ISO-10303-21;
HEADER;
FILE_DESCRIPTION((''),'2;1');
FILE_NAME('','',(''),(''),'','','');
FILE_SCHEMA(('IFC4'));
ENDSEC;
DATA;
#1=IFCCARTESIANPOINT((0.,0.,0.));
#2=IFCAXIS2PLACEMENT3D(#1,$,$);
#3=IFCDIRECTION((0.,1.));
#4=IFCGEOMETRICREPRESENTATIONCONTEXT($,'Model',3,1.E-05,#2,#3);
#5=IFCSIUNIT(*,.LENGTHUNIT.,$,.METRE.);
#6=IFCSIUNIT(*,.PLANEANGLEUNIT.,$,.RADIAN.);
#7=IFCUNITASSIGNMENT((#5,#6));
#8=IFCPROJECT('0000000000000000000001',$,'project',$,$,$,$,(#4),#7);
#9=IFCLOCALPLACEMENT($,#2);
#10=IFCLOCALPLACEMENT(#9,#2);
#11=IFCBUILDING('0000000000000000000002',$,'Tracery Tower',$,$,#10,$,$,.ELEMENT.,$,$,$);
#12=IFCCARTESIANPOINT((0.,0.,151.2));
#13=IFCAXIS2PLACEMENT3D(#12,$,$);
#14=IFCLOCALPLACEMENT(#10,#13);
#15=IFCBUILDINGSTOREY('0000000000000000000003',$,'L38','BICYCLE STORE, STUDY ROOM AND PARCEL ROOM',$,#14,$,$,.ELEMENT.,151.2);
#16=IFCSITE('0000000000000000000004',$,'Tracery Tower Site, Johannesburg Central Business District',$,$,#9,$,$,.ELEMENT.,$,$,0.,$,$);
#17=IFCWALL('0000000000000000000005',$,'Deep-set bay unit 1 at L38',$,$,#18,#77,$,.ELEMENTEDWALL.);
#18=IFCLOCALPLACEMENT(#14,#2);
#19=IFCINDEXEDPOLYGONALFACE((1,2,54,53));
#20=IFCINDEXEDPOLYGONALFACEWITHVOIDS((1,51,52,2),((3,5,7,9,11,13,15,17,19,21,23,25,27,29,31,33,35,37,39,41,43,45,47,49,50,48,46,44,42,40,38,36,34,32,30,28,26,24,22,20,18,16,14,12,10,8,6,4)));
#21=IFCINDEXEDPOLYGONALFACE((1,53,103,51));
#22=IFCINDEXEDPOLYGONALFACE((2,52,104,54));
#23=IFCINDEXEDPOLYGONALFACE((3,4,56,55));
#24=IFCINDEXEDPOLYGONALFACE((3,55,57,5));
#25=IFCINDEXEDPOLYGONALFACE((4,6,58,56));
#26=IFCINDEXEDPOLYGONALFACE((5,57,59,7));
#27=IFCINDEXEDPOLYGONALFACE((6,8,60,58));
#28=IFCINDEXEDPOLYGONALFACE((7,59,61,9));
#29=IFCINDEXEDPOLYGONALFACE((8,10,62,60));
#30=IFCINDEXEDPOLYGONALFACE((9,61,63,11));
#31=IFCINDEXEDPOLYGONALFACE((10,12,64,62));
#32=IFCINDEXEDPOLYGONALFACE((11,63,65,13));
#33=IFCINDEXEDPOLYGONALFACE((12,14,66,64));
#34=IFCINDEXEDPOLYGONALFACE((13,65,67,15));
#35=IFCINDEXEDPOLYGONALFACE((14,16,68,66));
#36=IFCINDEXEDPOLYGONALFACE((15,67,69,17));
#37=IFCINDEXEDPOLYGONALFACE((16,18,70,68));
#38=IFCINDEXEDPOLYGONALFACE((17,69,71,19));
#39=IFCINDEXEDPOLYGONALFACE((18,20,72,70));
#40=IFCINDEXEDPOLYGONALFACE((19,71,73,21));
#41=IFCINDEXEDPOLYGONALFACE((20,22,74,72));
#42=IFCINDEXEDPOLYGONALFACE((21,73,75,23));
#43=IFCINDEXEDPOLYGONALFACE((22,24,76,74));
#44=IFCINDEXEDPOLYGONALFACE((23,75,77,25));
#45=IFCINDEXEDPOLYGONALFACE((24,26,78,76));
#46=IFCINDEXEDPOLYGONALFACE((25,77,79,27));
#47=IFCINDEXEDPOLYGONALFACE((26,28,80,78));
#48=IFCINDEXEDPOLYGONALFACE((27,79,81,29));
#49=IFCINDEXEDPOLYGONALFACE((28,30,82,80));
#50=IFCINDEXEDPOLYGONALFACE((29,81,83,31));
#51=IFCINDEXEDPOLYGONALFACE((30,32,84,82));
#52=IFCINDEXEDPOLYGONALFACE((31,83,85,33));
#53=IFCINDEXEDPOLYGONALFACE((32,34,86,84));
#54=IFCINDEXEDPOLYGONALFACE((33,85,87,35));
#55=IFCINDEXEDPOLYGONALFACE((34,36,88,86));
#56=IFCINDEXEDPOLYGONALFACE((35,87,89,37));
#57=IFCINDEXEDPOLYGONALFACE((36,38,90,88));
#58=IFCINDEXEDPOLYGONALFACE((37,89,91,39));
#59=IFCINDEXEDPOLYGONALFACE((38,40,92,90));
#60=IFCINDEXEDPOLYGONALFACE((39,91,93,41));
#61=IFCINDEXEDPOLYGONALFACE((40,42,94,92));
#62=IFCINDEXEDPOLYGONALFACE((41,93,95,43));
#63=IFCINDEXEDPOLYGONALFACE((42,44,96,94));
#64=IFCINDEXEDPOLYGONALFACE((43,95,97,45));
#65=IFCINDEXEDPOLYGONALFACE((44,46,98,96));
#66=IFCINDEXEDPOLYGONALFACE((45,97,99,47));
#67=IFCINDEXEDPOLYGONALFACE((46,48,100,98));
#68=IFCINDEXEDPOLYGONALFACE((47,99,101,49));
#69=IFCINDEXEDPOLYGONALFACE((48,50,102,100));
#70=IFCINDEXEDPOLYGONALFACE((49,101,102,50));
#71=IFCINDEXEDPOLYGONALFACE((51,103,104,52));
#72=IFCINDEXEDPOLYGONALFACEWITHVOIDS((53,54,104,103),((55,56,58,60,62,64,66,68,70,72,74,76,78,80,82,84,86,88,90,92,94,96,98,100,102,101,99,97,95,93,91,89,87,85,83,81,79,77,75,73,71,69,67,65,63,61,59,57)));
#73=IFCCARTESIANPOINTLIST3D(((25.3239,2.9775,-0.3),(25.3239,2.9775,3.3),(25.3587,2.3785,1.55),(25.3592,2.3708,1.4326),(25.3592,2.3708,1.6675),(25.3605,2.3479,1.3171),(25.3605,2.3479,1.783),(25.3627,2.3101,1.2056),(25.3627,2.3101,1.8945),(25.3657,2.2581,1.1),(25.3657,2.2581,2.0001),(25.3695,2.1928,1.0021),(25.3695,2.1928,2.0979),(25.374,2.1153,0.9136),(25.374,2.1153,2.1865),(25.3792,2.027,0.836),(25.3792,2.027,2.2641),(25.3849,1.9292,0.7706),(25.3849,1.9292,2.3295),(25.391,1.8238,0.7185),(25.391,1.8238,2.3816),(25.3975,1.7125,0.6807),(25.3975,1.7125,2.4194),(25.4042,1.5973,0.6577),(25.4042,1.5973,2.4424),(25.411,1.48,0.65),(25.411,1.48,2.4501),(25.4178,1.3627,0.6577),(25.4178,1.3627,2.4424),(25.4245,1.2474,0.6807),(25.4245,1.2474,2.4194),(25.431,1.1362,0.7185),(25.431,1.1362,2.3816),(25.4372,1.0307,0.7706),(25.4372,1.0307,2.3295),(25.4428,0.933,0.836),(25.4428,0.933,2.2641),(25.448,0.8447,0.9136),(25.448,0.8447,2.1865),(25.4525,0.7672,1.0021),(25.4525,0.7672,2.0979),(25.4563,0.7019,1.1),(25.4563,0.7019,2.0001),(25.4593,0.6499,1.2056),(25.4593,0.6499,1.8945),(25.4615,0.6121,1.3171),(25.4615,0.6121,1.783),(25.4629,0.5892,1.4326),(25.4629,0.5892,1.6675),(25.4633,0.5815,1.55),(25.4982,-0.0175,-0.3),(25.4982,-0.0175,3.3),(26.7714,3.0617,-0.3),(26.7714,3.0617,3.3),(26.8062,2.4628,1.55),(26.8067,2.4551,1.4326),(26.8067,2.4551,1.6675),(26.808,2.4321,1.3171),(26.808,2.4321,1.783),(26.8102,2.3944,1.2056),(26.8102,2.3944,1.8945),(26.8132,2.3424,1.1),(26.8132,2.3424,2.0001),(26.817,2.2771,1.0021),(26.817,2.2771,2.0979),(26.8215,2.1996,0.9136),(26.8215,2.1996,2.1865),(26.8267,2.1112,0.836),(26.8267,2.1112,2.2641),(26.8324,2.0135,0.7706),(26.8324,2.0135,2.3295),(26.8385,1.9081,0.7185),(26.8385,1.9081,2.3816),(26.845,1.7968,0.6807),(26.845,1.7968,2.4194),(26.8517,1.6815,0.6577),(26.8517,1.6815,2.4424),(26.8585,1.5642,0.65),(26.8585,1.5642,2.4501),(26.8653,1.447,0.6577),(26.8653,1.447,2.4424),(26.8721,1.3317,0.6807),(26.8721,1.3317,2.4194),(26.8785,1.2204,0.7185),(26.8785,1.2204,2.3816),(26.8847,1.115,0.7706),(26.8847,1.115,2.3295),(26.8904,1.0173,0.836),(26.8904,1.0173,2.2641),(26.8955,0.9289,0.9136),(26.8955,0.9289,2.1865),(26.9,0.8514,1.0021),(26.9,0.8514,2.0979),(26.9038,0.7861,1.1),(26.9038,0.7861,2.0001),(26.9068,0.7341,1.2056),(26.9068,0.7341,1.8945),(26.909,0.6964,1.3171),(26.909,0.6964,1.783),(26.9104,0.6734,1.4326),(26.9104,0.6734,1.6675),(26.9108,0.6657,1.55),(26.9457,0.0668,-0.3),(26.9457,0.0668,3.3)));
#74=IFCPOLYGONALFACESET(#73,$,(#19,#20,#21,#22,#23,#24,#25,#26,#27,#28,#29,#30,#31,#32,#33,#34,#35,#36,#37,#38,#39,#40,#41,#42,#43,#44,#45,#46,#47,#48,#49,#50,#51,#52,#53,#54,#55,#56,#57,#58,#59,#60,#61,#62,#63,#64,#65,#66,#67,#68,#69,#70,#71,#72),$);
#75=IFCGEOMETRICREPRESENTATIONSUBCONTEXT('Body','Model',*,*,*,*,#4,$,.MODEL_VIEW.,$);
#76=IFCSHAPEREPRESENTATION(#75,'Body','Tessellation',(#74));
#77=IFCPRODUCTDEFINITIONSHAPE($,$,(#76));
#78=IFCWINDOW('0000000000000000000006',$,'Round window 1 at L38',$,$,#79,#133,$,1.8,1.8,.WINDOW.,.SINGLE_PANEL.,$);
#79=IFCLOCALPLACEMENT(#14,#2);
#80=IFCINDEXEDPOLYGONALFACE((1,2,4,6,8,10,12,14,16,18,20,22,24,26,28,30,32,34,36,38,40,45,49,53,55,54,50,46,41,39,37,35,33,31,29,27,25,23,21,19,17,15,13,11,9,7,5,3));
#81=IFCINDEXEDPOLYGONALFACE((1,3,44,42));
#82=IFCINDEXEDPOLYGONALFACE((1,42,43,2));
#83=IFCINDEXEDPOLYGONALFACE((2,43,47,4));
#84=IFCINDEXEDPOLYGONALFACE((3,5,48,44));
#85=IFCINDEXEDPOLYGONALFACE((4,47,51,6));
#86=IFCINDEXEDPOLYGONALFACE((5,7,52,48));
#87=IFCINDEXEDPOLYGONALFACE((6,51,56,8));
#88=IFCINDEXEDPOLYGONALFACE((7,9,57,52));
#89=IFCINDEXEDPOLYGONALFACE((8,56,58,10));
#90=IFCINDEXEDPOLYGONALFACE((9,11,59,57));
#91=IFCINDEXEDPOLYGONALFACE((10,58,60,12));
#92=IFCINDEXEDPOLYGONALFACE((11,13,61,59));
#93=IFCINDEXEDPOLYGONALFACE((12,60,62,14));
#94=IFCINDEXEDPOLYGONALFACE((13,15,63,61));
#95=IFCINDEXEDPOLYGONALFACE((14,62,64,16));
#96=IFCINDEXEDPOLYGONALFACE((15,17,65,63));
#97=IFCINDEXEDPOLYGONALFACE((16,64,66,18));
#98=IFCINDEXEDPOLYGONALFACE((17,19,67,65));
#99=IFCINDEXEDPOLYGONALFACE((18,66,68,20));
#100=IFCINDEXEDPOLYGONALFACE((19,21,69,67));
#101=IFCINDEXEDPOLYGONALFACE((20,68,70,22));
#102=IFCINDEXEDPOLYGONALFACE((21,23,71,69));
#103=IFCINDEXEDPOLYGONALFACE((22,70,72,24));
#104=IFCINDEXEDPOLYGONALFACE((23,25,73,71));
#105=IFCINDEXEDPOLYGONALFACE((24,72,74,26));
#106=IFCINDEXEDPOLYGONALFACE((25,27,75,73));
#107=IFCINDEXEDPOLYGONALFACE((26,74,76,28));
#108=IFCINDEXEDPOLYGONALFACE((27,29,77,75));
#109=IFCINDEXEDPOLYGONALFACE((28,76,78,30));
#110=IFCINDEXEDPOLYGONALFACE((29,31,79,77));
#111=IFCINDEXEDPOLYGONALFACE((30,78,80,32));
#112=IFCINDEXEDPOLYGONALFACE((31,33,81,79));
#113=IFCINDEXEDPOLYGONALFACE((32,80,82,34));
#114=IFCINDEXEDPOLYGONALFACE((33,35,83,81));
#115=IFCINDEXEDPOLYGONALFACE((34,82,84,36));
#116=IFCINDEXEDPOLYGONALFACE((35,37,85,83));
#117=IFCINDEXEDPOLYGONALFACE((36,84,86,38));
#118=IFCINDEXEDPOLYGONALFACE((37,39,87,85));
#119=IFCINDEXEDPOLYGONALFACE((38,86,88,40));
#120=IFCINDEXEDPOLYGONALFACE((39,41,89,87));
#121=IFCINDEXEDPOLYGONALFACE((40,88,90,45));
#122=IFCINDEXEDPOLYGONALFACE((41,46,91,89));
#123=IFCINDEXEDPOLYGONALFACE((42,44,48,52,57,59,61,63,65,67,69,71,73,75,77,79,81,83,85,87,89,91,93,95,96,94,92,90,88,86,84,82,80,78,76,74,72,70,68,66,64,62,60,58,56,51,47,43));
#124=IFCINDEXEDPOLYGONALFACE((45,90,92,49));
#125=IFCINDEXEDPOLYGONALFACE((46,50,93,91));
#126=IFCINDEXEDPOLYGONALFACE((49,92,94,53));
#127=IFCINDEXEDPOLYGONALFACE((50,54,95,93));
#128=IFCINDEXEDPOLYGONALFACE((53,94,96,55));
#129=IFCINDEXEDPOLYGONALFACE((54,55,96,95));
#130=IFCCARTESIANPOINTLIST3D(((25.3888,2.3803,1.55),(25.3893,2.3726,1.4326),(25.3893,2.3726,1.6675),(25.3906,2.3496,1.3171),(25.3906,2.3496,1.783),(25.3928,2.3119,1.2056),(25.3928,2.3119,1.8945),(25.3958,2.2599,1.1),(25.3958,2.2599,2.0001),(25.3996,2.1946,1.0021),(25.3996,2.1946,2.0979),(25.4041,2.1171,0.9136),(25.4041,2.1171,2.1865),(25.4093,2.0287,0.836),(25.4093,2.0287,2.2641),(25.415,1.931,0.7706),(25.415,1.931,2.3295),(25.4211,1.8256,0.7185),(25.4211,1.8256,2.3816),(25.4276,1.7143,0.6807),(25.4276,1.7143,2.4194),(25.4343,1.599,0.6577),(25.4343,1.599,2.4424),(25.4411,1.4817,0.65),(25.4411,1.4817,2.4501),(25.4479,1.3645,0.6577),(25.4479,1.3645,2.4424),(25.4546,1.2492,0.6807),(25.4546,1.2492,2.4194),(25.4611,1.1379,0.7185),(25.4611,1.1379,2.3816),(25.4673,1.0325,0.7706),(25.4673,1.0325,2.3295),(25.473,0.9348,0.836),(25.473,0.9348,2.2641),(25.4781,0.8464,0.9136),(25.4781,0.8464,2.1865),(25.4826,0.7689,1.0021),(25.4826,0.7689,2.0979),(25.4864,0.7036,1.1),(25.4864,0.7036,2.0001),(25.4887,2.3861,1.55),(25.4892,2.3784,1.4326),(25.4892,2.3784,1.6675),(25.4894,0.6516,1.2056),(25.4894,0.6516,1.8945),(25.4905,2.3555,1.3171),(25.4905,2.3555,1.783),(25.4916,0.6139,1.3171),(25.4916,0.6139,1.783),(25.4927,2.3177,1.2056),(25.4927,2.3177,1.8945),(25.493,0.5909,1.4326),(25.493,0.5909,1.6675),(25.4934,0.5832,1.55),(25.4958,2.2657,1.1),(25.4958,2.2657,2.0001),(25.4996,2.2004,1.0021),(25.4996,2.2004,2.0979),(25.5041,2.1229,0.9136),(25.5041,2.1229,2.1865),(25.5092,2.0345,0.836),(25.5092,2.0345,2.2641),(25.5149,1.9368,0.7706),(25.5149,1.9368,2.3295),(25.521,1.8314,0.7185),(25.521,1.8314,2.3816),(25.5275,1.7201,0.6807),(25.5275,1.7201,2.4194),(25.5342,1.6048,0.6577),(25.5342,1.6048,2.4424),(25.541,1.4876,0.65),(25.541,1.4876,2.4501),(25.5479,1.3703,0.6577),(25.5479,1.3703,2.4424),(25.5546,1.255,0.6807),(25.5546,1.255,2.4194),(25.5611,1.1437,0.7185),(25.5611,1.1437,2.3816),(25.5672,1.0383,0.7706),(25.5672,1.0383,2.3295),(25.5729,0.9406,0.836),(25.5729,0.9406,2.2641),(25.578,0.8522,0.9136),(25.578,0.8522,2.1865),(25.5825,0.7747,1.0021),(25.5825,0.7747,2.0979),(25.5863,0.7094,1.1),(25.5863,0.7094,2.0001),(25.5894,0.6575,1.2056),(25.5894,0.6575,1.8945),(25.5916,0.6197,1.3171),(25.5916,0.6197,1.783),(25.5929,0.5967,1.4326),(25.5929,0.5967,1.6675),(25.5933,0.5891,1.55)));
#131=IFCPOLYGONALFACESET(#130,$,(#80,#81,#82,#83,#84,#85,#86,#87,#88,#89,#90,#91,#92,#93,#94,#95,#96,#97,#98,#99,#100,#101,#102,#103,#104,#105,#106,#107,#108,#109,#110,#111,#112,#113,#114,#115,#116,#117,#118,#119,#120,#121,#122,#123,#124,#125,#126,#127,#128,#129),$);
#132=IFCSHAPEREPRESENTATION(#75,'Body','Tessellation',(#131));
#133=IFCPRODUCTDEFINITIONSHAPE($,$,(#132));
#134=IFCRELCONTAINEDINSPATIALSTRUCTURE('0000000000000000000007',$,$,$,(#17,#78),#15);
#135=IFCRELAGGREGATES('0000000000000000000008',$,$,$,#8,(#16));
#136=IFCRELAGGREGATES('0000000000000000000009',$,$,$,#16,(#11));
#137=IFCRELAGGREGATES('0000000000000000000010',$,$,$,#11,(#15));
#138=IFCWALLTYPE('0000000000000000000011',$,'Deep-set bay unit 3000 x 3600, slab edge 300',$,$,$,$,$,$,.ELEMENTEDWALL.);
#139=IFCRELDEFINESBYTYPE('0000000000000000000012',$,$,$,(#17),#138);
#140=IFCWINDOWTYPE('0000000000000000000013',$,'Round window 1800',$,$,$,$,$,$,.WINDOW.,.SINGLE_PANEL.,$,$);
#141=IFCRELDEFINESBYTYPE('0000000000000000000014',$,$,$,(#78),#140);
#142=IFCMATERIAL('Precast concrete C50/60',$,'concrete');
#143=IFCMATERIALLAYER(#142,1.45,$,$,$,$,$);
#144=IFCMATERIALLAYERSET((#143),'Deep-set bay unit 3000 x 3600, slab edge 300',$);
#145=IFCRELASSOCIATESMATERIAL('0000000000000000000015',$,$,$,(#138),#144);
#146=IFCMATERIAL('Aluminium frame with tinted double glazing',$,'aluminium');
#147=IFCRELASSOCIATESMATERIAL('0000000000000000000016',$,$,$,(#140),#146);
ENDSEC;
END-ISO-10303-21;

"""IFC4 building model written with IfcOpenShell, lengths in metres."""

from ifc_helpers import new_model, si_unit, direction, frame, frame_2d, origin, origin_2d, place, context, subcontext, project, spatial, rectangle, circle, extrude, material, layer, layer_set, type_object, element, fill, save


model = new_model("IFC4")

# Units and contexts
model_context = context("Model", 3, precision=1e-05, world=origin(), true_north=direction((0.0, 1.0)))
body_context = subcontext(model_context, "Body", "Model", "MODEL_VIEW")
ifc_project = project(units=[si_unit("LENGTHUNIT", "METRE"), si_unit("PLANEANGLEUNIT", "RADIAN")], contexts=[model_context])

# Site, building, storey
site_placement = place(None, origin())
site = spatial("IfcSite", under=ifc_project, at=site_placement, Name="Tracery Tower Site, Johannesburg Central Business District", CompositionType="ELEMENT", RefElevation=0.0)
building_placement = place(site_placement, origin())
building = spatial("IfcBuilding", under=site, at=building_placement, Name="Tracery Tower", CompositionType="ELEMENT")
storey_placement = place(building_placement, frame((0.0, 0.0, 151.2)))
storey = spatial("IfcBuildingStorey", under=building, at=storey_placement, Name="L38", Description="BICYCLE STORE, STUDY ROOM AND PARCEL ROOM", CompositionType="ELEMENT", Elevation=151.2)

# Wall, opening, window
ifc_material_1 = material(Name="Precast concrete C50/60", Category="concrete")
ifc_layer_1 = layer(ifc_material_1, 1.45)
ifc_layer_set_1 = layer_set([ifc_layer_1], Name="Deep-set bay unit 3000 x 3600, slab edge 300")
wall_type_1 = type_object("IfcWallType", Name="Deep-set bay unit 3000 x 3600, slab edge 300", PredefinedType="ELEMENTEDWALL", material=ifc_layer_set_1)
wall_1_placement = place(storey_placement, frame((26.2219, 0.0247, -0.3), z_axis=(0.0, 0.0, 1.0), x_axis=(-0.058107, 0.99831, 0.0)))
wall_1 = element("IfcWall", 1, at=wall_1_placement, inside=storey, type_object=wall_type_1, Name="Deep-set bay unit 1 at L38", PredefinedType="ELEMENTEDWALL", context=body_context, shape_type="SweptSolid", body=[
    extrude(rectangle(XDim=3.0, YDim=1.45, at=frame_2d((1.5, 0.0))), origin(), (0.0, 0.0, 1.0), 3.6001),
])
opening_1_placement = place(wall_1_placement, frame((1.5, 0.0, 1.8501)))
opening_1 = element("IfcOpeningElement", 2, at=opening_1_placement, cuts=wall_1, PredefinedType="OPENING", context=body_context, shape_type="SweptSolid", body=[
    extrude(circle(Radius=0.9, at=origin_2d()), frame((0.0, 0.7349, 0.0), z_axis=(0.0, -1.0, 0.0), x_axis=(1.0, 0.0, 0.0)), (0.0, 0.0, 1.0), 1.47),
])
ifc_material_2 = material(Name="Aluminium frame with tinted double glazing", Category="aluminium")
window_type = type_object("IfcWindowType", Name="Round window 1800", PartitioningType="SINGLE_PANEL", PredefinedType="WINDOW", material=ifc_material_2)
window_1_placement = place(opening_1_placement, origin())
window_1 = element("IfcWindow", 3, at=window_1_placement, inside=storey, type_object=window_type, Name="Round window 1 at L38", OverallHeight=1.8, OverallWidth=1.8, PartitioningType="SINGLE_PANEL", PredefinedType="WINDOW", context=body_context, shape_type="SweptSolid", body=[
    extrude(circle(Radius=0.9, at=origin_2d()), frame((0.0, 0.6948, 0.0), z_axis=(0.0, -1.0, 0.0), x_axis=(1.0, 0.0, 0.0)), (0.0, 0.0, 1.0), 0.1001),
])
fill(opening_1, window_1)

save(model, "model.ifc")
